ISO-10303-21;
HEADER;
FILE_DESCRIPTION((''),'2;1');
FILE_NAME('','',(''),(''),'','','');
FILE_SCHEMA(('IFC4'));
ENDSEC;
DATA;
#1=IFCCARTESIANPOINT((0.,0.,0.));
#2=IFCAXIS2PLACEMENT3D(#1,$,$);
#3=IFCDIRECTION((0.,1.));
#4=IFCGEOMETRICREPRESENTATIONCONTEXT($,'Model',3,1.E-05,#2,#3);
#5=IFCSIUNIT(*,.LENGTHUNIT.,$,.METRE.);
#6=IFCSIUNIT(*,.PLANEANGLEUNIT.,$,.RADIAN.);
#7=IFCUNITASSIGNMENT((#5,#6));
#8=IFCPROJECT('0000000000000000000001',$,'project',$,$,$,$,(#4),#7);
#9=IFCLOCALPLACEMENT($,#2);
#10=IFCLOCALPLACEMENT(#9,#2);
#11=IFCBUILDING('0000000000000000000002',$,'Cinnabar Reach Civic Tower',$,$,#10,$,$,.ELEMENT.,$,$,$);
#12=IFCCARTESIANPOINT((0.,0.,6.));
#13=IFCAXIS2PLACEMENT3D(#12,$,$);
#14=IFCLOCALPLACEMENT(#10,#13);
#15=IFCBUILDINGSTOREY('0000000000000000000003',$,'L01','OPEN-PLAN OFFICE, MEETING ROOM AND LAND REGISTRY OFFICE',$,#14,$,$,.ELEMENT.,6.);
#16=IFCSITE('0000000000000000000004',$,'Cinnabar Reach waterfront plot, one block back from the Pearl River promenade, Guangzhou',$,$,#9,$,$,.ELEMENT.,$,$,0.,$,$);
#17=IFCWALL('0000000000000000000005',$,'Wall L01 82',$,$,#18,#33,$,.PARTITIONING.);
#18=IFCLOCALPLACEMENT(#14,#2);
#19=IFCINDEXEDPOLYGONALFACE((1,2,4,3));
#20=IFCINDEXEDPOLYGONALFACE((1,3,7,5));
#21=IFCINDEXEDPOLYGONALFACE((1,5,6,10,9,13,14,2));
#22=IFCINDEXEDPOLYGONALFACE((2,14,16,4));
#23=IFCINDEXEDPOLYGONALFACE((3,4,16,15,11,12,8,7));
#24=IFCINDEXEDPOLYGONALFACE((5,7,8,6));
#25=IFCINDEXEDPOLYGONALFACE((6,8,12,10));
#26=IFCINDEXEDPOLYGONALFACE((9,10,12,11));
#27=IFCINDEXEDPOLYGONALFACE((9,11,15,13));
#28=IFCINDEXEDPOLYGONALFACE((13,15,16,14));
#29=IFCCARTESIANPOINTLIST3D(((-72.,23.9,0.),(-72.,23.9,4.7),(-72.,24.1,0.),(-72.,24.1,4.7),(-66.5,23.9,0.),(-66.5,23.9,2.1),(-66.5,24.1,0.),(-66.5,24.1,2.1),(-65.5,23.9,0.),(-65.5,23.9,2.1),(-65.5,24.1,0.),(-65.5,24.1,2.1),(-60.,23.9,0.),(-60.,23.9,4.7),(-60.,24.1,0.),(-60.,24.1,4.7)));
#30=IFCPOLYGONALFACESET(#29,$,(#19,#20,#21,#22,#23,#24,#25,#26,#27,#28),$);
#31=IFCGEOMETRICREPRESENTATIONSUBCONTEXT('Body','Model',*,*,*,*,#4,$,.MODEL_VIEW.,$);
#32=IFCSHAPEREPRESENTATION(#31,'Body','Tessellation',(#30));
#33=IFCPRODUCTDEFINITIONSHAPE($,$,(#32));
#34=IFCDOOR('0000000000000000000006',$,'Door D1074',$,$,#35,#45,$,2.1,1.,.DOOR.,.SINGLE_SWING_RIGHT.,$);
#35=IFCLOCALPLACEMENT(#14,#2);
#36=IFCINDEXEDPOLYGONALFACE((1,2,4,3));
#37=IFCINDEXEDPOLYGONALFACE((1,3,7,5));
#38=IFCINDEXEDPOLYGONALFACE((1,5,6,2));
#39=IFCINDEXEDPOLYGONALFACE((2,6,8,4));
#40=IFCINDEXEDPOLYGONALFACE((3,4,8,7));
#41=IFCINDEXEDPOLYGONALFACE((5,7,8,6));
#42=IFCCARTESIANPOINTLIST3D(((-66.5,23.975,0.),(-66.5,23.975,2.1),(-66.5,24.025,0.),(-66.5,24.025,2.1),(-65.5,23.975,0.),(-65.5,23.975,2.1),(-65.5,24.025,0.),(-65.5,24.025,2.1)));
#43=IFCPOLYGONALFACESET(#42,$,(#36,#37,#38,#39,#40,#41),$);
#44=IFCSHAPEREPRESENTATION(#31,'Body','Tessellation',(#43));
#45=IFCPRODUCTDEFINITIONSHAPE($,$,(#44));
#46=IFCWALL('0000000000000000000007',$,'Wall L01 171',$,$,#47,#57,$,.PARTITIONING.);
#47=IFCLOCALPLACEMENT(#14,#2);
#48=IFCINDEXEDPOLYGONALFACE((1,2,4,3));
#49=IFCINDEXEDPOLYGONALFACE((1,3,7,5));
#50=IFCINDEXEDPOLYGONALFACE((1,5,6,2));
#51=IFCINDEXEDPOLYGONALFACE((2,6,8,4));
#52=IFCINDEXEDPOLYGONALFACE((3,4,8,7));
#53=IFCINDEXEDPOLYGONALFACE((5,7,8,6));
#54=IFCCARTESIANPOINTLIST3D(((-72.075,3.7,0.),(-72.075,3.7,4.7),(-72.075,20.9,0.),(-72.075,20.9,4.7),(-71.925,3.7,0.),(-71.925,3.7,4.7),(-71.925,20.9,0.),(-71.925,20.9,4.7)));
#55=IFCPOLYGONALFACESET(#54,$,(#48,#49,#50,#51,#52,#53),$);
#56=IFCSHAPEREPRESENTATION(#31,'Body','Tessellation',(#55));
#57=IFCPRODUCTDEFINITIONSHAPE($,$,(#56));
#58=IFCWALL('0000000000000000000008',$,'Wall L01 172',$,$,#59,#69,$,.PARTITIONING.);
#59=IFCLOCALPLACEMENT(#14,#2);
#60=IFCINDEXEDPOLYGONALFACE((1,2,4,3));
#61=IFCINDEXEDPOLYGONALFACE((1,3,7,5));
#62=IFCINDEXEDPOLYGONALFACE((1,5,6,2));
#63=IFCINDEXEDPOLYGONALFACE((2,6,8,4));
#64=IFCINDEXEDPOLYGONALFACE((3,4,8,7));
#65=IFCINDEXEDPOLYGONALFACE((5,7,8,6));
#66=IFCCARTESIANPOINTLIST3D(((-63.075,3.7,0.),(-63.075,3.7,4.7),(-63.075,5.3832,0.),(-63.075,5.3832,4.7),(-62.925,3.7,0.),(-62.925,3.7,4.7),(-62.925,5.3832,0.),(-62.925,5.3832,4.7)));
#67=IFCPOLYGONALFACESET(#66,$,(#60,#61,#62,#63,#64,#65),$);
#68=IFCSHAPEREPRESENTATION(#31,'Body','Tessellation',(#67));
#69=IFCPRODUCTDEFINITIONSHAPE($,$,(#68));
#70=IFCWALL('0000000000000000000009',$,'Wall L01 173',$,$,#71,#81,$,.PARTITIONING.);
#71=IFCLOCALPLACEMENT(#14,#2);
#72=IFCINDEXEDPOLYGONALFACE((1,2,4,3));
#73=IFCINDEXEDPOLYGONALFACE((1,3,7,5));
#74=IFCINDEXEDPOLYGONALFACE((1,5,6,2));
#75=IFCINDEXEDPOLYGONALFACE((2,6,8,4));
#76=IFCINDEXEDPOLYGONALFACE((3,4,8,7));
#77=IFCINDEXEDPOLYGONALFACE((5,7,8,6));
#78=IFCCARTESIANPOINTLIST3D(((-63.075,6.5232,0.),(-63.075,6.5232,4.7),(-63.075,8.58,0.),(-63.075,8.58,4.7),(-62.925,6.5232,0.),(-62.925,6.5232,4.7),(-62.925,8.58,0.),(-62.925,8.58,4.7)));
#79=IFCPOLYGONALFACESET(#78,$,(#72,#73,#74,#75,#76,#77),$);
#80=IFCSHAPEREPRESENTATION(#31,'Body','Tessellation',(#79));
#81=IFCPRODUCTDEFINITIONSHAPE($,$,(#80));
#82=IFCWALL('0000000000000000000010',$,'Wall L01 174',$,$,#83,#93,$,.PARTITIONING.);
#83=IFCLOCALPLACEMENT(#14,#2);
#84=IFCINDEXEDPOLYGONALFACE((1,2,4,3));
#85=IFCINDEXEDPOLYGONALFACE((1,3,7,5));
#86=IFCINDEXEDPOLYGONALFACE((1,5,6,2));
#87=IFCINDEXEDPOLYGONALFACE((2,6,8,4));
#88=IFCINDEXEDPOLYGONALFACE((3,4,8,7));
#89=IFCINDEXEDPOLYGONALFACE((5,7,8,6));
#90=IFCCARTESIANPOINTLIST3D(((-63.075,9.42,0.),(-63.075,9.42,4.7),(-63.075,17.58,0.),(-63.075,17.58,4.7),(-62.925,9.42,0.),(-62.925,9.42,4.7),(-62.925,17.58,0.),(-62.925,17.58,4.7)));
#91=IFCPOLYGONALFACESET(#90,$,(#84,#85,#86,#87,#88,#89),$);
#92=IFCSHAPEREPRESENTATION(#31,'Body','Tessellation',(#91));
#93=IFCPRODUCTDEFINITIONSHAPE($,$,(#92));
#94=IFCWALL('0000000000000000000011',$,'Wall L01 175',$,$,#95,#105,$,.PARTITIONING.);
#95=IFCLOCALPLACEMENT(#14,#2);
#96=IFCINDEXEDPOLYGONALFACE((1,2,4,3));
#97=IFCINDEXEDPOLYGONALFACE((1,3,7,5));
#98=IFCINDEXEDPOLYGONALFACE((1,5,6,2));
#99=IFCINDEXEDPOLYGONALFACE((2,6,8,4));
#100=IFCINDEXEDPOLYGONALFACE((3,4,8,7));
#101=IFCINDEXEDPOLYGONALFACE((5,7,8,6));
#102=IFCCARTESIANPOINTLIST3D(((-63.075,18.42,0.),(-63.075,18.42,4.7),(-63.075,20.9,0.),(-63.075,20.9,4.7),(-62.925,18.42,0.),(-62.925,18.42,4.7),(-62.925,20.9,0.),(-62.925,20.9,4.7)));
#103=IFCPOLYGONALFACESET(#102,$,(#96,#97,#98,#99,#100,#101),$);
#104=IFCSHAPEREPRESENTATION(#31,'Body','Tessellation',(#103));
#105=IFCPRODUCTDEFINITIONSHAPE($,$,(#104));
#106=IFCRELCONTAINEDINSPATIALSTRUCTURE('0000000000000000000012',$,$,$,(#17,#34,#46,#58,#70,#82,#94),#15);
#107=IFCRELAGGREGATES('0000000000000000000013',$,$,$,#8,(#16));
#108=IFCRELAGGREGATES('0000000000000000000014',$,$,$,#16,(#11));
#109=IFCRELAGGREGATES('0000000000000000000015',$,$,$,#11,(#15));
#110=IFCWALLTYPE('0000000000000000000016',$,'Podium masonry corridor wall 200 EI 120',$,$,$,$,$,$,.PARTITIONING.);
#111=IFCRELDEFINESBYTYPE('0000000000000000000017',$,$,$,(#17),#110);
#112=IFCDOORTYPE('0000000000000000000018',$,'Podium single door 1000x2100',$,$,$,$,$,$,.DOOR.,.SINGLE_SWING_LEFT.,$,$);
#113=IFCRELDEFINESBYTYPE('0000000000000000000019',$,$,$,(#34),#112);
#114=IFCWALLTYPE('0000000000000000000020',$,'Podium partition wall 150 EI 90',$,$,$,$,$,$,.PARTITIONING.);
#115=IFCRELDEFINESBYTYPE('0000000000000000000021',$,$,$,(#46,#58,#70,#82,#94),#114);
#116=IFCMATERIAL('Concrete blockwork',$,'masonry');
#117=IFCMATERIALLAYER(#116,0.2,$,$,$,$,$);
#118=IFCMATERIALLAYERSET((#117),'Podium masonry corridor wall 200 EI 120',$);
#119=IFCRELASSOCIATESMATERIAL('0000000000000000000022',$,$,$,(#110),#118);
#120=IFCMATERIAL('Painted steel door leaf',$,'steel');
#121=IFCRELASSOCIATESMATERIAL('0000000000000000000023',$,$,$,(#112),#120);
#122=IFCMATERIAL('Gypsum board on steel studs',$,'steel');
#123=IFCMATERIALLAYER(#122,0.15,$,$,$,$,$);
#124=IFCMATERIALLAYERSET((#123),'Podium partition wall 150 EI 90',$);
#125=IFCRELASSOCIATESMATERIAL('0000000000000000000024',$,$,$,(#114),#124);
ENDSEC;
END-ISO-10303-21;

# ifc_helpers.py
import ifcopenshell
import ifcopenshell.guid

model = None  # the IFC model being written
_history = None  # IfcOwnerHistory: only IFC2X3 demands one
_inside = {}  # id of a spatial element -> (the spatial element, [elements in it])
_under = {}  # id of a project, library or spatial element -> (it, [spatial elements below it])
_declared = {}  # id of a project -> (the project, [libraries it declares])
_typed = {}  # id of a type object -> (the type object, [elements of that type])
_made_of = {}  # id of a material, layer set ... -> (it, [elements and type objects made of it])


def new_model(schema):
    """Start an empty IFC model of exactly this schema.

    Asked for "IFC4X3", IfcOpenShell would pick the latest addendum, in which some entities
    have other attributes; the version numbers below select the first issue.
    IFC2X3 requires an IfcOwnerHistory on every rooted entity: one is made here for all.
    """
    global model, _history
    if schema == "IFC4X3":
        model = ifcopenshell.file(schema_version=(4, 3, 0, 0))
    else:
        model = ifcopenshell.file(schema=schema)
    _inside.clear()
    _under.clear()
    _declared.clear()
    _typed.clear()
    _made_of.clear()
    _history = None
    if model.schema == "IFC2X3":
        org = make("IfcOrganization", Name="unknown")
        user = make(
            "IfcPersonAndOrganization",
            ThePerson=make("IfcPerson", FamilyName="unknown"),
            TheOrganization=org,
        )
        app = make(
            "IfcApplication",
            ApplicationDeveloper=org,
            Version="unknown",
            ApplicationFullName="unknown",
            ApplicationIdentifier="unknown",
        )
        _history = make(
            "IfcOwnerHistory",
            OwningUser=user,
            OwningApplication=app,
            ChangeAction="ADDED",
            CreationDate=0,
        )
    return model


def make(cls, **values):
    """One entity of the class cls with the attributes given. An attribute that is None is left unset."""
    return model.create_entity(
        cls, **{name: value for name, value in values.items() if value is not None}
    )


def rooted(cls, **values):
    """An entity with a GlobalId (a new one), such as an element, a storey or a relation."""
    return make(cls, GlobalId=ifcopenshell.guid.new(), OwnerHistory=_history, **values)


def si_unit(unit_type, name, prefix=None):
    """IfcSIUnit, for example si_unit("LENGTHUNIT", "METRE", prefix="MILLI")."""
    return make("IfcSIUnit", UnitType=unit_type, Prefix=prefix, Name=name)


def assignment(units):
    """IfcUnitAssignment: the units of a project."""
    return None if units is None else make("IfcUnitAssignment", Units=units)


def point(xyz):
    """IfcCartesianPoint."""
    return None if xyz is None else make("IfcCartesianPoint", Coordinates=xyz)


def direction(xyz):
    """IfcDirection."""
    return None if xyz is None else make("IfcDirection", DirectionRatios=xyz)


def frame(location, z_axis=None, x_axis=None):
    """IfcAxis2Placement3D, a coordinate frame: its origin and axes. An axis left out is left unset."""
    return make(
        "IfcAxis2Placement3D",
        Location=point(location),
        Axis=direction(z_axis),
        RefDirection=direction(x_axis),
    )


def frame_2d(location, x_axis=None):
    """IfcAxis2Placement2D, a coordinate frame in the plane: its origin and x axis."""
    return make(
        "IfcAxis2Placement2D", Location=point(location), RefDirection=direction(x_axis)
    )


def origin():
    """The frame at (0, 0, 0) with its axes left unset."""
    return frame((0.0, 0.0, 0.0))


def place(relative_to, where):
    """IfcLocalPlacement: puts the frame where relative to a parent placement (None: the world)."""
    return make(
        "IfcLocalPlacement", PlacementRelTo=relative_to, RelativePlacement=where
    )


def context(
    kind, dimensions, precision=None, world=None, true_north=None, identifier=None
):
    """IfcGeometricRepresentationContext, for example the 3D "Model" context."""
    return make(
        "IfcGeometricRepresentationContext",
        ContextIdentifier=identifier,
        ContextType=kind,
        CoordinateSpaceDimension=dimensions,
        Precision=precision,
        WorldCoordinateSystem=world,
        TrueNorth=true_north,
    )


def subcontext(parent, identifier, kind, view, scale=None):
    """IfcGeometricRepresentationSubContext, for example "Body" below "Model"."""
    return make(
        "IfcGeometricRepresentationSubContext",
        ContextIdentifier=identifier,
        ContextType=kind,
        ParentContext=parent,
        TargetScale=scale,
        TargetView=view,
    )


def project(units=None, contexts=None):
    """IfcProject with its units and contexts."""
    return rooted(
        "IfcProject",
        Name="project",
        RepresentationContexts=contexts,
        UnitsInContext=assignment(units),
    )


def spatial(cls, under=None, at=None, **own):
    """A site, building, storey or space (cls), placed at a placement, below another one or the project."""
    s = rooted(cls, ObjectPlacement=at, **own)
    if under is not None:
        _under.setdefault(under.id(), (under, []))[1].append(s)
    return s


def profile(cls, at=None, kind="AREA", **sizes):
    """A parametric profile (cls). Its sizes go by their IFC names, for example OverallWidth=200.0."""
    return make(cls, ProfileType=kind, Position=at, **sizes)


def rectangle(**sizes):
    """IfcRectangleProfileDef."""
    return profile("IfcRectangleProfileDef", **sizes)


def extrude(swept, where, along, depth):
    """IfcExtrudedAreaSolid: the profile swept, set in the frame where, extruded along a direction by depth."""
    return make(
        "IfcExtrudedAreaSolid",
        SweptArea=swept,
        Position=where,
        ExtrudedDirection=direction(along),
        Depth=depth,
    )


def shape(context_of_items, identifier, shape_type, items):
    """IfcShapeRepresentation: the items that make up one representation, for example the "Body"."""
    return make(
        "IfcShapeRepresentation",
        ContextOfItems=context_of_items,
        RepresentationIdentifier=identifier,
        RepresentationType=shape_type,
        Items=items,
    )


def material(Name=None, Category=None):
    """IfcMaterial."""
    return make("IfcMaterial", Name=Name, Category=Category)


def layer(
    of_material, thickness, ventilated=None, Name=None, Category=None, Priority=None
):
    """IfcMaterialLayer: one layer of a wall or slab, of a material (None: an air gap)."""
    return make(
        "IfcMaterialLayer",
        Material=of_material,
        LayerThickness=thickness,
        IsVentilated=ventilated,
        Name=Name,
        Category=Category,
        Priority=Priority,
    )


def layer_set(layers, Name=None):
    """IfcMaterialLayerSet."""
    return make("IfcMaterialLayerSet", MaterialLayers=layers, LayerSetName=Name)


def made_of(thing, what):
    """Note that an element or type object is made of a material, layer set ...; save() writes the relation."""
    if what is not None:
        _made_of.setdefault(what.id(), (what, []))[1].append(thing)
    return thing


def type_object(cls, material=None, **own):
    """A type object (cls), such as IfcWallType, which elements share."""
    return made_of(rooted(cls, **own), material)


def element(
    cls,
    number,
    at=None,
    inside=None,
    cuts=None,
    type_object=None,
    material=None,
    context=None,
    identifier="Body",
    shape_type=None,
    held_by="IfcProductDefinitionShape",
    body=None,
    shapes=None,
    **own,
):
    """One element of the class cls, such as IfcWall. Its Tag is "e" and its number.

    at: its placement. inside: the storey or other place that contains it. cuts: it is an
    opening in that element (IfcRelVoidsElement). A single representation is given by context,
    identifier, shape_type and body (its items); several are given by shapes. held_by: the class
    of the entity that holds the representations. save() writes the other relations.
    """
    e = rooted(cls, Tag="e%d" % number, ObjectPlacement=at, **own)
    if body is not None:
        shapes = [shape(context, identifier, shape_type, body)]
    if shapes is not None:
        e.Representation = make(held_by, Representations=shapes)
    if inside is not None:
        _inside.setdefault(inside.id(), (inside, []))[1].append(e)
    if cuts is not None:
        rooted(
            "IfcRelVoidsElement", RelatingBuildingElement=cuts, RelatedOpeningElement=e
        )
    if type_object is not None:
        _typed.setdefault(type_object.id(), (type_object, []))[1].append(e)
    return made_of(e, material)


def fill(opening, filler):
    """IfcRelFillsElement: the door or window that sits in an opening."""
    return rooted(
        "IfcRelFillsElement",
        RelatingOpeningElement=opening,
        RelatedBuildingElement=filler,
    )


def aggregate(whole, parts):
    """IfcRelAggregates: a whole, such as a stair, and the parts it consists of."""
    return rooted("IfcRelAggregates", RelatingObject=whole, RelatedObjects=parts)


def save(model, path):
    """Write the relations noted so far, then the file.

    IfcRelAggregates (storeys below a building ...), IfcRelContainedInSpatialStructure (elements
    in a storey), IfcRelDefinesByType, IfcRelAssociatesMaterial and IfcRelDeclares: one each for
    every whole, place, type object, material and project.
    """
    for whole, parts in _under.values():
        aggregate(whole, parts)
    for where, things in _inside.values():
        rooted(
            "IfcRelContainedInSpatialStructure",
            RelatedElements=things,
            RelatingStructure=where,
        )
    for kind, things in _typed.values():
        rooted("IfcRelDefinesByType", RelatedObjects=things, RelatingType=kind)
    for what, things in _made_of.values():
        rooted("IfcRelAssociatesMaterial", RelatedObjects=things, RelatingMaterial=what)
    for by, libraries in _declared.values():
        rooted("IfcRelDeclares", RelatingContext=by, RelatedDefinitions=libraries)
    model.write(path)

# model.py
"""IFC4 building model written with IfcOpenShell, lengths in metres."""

from ifc_helpers import new_model, si_unit, direction, frame, frame_2d, origin, place, context, subcontext, project, spatial, rectangle, extrude, material, layer, layer_set, type_object, element, fill, save


model = new_model("IFC4")

# Units and contexts
model_context = context("Model", 3, precision=1e-05, world=origin(), true_north=direction((0.0, 1.0)))
body_context = subcontext(model_context, "Body", "Model", "MODEL_VIEW")
ifc_project = project(units=[si_unit("LENGTHUNIT", "METRE"), si_unit("PLANEANGLEUNIT", "RADIAN")], contexts=[model_context])

# Site, building, storey
site_placement = place(None, origin())
site = spatial("IfcSite", under=ifc_project, at=site_placement, Name="Cinnabar Reach waterfront plot, one block back from the Pearl River promenade, Guangzhou", CompositionType="ELEMENT", RefElevation=0.0)
building_placement = place(site_placement, origin())
building = spatial("IfcBuilding", under=site, at=building_placement, Name="Cinnabar Reach Civic Tower", CompositionType="ELEMENT")
storey_placement = place(building_placement, frame((0.0, 0.0, 6.0)))
storey = spatial("IfcBuildingStorey", under=building, at=storey_placement, Name="L01", Description="OPEN-PLAN OFFICE, MEETING ROOM AND LAND REGISTRY OFFICE", CompositionType="ELEMENT", Elevation=6.0)

# Shared definitions
ifc_material_1 = material(Name="Concrete blockwork", Category="masonry")
ifc_layer_1 = layer(ifc_material_1, 0.2)
ifc_layer_set_1 = layer_set([ifc_layer_1], Name="Podium masonry corridor wall 200 EI 120")
wall_type_1 = type_object("IfcWallType", Name="Podium masonry corridor wall 200 EI 120", PredefinedType="PARTITIONING", material=ifc_layer_set_1)
ifc_material_2 = material(Name="Painted steel door leaf", Category="steel")
door_type = type_object("IfcDoorType", Name="Podium single door 1000x2100", OperationType="SINGLE_SWING_LEFT", PredefinedType="DOOR", material=ifc_material_2)

# Wall, opening, door
wall_1_placement = place(storey_placement, frame((-72.0, 24.0, 0.0), z_axis=(0.0, 0.0, 1.0), x_axis=(1.0, 0.0, 0.0)))
wall_1 = element("IfcWall", 1, at=wall_1_placement, inside=storey, type_object=wall_type_1, Name="Wall L01 82", PredefinedType="PARTITIONING", context=body_context, shape_type="SweptSolid", body=[
    extrude(rectangle(XDim=12.0, YDim=0.2, at=frame_2d((6.0, 0.0))), origin(), (0.0, 0.0, 1.0), 4.7),
])
opening_1_placement = place(wall_1_placement, frame((5.5, 0.0, 0.0)))
opening_1 = element("IfcOpeningElement", 2, at=opening_1_placement, cuts=wall_1, PredefinedType="OPENING", context=body_context, shape_type="SweptSolid", body=[
    extrude(rectangle(XDim=1.0, YDim=2.1, at=frame_2d((0.5, 1.05))), frame((0.0, 0.11, 0.0), z_axis=(0.0, -1.0, 0.0), x_axis=(1.0, 0.0, 0.0)), (0.0, 0.0, 1.0), 0.22),
])
door_1_placement = place(opening_1_placement, origin())
door_1 = element("IfcDoor", 3, at=door_1_placement, inside=storey, type_object=door_type, Name="Door D1074", OperationType="SINGLE_SWING_RIGHT", OverallHeight=2.1, OverallWidth=1.0, PredefinedType="DOOR", context=body_context, shape_type="SweptSolid", body=[
    extrude(rectangle(XDim=1.0, YDim=2.1, at=frame_2d((0.5, 1.05))), frame((0.0, 0.025, 0.0), z_axis=(0.0, -1.0, 0.0), x_axis=(1.0, 0.0, 0.0)), (0.0, 0.0, 1.0), 0.05),
])
fill(opening_1, door_1)

# Walls
ifc_material_3 = material(Name="Gypsum board on steel studs", Category="steel")
ifc_layer_2 = layer(ifc_material_3, 0.15)
ifc_layer_set_2 = layer_set([ifc_layer_2], Name="Podium partition wall 150 EI 90")
wall_type_2 = type_object("IfcWallType", Name="Podium partition wall 150 EI 90", PredefinedType="PARTITIONING", material=ifc_layer_set_2)
wall_2_placement = place(storey_placement, frame((-72.0, 3.7, 0.0), z_axis=(0.0, 0.0, 1.0), x_axis=(0.0, 1.0, 0.0)))
element("IfcWall", 4, at=wall_2_placement, inside=storey, type_object=wall_type_2, Name="Wall L01 171", PredefinedType="PARTITIONING", context=body_context, shape_type="SweptSolid", body=[
    extrude(rectangle(XDim=17.2, YDim=0.15, at=frame_2d((8.6, 0.0))), origin(), (0.0, 0.0, 1.0), 4.7),
])
wall_3_placement = place(storey_placement, frame((-63.0, 3.7, 0.0), z_axis=(0.0, 0.0, 1.0), x_axis=(0.0, 1.0, 0.0)))
element("IfcWall", 5, at=wall_3_placement, inside=storey, type_object=wall_type_2, Name="Wall L01 172", PredefinedType="PARTITIONING", context=body_context, shape_type="SweptSolid", body=[
    extrude(rectangle(XDim=1.6831, YDim=0.15, at=frame_2d((0.8416, 0.0))), origin(), (0.0, 0.0, 1.0), 4.7),
])
wall_4_placement = place(storey_placement, frame((-63.0, 6.5231, 0.0), z_axis=(0.0, 0.0, 1.0), x_axis=(0.0, 1.0, 0.0)))
element("IfcWall", 6, at=wall_4_placement, inside=storey, type_object=wall_type_2, Name="Wall L01 173", PredefinedType="PARTITIONING", context=body_context, shape_type="SweptSolid", body=[
    extrude(rectangle(XDim=2.0569, YDim=0.15, at=frame_2d((1.0285, 0.0))), origin(), (0.0, 0.0, 1.0), 4.7),
])
wall_5_placement = place(storey_placement, frame((-63.0, 9.42, 0.0), z_axis=(0.0, 0.0, 1.0), x_axis=(0.0, 1.0, 0.0)))
element("IfcWall", 7, at=wall_5_placement, inside=storey, type_object=wall_type_2, Name="Wall L01 174", PredefinedType="PARTITIONING", context=body_context, shape_type="SweptSolid", body=[
    extrude(rectangle(XDim=8.16, YDim=0.15, at=frame_2d((4.08, 0.0))), origin(), (0.0, 0.0, 1.0), 4.7),
])
wall_6_placement = place(storey_placement, frame((-63.0, 18.42, 0.0), z_axis=(0.0, 0.0, 1.0), x_axis=(0.0, 1.0, 0.0)))
element("IfcWall", 8, at=wall_6_placement, inside=storey, type_object=wall_type_2, Name="Wall L01 175", PredefinedType="PARTITIONING", context=body_context, shape_type="SweptSolid", body=[
    extrude(rectangle(XDim=2.48, YDim=0.15, at=frame_2d((1.24, 0.0))), origin(), (0.0, 0.0, 1.0), 4.7),
])

save(model, "model.ifc")
